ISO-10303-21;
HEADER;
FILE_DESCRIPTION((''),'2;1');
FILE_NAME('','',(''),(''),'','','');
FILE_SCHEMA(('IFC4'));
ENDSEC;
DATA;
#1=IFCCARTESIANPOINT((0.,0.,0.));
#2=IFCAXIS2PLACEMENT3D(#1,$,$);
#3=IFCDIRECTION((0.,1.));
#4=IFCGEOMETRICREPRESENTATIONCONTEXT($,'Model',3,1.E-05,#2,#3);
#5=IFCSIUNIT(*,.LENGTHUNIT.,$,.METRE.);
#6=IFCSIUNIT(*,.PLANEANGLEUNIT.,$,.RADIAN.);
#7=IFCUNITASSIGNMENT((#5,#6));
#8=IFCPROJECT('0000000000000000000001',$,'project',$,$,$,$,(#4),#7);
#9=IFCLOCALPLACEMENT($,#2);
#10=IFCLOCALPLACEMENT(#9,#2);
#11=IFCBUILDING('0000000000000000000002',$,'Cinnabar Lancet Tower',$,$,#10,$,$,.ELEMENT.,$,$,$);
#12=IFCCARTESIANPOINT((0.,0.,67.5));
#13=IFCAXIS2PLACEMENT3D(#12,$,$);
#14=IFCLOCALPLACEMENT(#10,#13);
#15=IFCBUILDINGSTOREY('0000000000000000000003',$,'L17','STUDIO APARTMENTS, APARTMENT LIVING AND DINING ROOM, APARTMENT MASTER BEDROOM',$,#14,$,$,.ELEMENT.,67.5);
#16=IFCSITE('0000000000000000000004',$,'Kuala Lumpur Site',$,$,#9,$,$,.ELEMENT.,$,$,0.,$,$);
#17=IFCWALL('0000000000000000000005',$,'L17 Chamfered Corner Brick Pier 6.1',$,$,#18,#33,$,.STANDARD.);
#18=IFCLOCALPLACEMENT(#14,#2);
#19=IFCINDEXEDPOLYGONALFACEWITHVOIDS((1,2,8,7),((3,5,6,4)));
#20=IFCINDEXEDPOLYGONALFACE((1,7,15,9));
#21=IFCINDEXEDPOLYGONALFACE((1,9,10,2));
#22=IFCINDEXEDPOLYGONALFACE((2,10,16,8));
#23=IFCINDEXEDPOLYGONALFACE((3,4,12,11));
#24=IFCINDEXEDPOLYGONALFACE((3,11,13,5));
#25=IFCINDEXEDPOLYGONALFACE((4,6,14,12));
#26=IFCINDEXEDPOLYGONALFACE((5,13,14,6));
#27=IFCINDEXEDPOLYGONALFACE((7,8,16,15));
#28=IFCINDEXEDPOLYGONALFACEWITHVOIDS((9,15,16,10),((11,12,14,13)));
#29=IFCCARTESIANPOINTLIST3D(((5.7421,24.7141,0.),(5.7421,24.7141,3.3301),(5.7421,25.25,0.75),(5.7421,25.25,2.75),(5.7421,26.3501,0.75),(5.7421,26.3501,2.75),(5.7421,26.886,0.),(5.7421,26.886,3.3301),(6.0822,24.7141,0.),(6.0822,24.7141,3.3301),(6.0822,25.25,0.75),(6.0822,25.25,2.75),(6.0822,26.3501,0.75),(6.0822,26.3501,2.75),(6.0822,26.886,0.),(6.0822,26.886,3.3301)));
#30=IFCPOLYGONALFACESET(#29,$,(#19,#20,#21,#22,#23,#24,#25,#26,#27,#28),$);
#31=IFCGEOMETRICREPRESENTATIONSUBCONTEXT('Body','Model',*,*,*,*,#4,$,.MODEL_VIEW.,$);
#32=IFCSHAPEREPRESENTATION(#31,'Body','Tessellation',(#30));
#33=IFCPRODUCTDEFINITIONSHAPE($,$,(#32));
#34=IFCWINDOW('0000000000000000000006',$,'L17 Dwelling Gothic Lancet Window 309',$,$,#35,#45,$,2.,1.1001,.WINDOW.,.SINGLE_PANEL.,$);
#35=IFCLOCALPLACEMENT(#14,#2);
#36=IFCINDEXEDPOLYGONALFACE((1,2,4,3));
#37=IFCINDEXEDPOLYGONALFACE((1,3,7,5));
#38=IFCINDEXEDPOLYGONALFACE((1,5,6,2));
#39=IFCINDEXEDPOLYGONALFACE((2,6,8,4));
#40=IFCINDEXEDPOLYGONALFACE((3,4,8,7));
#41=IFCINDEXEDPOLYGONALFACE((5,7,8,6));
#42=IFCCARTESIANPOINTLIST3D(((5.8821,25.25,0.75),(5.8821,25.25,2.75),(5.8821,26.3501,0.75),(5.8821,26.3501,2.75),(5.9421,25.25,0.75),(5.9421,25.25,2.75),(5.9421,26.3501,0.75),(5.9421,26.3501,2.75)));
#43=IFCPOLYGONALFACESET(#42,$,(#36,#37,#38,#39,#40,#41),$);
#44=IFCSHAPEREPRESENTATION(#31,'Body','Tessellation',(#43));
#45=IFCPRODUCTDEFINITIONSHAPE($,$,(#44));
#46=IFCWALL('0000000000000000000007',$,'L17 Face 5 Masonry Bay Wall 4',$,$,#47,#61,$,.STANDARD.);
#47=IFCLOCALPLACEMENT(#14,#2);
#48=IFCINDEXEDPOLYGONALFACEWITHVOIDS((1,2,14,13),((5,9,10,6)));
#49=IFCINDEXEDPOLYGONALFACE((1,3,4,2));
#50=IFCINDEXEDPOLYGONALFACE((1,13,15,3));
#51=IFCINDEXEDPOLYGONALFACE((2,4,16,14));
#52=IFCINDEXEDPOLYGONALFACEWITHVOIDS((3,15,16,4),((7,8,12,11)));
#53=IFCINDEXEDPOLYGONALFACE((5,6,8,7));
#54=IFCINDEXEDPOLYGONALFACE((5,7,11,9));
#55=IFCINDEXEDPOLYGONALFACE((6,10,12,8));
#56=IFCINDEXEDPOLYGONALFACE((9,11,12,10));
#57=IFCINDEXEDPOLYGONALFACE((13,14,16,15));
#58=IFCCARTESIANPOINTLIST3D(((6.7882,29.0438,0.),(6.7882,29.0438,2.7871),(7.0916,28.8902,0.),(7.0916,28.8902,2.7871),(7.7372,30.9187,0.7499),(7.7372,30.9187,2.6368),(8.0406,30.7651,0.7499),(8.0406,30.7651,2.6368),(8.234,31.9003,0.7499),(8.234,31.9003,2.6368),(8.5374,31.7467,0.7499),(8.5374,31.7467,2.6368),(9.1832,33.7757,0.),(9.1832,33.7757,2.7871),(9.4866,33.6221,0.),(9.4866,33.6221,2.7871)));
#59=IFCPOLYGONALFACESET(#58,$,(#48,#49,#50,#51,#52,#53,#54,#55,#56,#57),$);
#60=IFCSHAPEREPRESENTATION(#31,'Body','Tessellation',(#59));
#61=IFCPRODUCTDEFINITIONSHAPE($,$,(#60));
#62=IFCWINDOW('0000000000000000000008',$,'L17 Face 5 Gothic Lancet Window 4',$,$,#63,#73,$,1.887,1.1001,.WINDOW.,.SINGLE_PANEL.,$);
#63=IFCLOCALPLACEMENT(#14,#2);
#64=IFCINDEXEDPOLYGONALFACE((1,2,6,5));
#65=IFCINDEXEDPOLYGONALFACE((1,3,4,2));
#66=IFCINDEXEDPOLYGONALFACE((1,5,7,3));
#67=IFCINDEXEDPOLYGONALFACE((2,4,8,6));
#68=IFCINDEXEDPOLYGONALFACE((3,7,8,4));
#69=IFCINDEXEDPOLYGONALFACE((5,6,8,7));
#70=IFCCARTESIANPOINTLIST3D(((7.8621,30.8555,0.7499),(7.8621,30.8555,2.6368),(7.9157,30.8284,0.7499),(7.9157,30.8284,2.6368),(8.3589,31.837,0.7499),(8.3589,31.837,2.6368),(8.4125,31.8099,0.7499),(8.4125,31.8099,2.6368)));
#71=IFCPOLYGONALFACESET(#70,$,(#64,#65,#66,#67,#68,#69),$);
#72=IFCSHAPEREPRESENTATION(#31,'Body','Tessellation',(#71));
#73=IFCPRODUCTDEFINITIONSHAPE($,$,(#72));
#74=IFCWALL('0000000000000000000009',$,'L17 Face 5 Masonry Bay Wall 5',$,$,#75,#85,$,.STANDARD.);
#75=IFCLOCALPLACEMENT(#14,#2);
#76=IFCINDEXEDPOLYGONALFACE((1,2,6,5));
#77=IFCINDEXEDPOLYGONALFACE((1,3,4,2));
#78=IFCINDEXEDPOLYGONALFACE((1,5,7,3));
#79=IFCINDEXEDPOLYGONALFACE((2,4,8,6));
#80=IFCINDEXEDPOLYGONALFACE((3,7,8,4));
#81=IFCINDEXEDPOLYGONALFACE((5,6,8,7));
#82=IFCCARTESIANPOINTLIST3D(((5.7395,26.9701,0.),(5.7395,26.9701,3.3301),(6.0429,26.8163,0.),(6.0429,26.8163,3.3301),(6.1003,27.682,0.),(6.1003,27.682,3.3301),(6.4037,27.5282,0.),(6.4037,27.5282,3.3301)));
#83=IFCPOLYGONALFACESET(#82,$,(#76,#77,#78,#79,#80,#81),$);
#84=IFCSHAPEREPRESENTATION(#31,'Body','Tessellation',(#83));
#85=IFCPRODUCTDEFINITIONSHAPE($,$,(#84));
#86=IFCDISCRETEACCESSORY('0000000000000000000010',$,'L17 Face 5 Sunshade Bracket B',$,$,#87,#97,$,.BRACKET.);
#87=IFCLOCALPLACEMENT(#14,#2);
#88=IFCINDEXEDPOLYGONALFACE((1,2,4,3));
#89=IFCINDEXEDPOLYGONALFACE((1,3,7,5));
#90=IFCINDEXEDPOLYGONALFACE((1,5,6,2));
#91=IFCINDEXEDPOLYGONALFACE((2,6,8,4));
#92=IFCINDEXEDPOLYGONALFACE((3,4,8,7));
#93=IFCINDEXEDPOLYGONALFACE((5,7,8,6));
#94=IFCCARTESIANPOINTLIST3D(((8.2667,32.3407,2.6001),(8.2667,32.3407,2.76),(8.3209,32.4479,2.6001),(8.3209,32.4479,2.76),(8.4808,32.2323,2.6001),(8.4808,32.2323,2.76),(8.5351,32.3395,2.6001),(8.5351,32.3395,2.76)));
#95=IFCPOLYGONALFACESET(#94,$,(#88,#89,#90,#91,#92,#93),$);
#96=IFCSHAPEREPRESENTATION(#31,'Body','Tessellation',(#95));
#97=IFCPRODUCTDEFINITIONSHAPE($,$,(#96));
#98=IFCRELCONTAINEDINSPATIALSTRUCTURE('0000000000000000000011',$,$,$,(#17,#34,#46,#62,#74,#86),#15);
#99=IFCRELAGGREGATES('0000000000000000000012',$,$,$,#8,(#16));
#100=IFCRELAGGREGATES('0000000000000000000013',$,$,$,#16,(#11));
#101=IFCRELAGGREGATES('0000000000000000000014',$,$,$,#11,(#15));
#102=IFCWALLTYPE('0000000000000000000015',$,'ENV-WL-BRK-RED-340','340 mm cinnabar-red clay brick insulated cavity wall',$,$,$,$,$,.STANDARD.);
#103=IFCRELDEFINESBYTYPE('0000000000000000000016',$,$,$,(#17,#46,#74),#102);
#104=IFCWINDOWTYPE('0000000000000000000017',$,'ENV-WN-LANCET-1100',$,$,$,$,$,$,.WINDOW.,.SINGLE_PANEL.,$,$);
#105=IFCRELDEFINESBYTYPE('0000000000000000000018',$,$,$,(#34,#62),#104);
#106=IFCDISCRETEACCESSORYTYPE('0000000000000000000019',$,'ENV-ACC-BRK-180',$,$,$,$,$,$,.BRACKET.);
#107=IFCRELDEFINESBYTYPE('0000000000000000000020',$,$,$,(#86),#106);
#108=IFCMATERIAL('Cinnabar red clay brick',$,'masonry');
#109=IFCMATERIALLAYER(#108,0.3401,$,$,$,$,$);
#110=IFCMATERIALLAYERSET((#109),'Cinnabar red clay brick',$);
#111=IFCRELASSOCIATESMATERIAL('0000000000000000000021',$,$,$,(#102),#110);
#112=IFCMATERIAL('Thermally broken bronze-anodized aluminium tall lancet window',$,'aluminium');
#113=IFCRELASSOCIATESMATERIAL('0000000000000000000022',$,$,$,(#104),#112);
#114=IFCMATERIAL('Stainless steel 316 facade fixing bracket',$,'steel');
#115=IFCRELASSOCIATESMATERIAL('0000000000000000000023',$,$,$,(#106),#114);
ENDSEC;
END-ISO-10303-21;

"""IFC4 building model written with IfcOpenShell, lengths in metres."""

from ifc_helpers import new_model, si_unit, direction, frame, frame_2d, origin, origin_2d, place, context, subcontext, project, spatial, rectangle, extrude, material, layer, layer_set, type_object, element, fill, save


model = new_model("IFC4")

# Units and contexts
model_context = context("Model", 3, precision=1e-05, world=origin(), true_north=direction((0.0, 1.0)))
body_context = subcontext(model_context, "Body", "Model", "MODEL_VIEW")
ifc_project = project(units=[si_unit("LENGTHUNIT", "METRE"), si_unit("PLANEANGLEUNIT", "RADIAN")], contexts=[model_context])

# Site, building, storey
site_placement = place(None, origin())
site = spatial("IfcSite", under=ifc_project, at=site_placement, Name="Kuala Lumpur Site", CompositionType="ELEMENT", RefElevation=0.0)
building_placement = place(site_placement, origin())
building = spatial("IfcBuilding", under=site, at=building_placement, Name="Cinnabar Lancet Tower", CompositionType="ELEMENT")
storey_placement = place(building_placement, frame((0.0, 0.0, 67.5)))
storey = spatial("IfcBuildingStorey", under=building, at=storey_placement, Name="L17", Description="STUDIO APARTMENTS, APARTMENT LIVING AND DINING ROOM, APARTMENT MASTER BEDROOM", CompositionType="ELEMENT", Elevation=67.5)

# Walls, openings, windows
ifc_material_1 = material(Name="Cinnabar red clay brick", Category="masonry")
ifc_layer_1 = layer(ifc_material_1, 0.3401)
ifc_layer_set_1 = layer_set([ifc_layer_1], Name="Cinnabar red clay brick")
wall_type_1 = type_object("IfcWallType", Name="ENV-WL-BRK-RED-340", Description="340 mm cinnabar-red clay brick insulated cavity wall", PredefinedType="STANDARD", material=ifc_layer_set_1)
wall_1_placement = place(storey_placement, frame((5.9121, 26.886, 0.0), z_axis=(0.0, 0.0, 1.0), x_axis=(0.0, -1.0, 0.0)))
wall_1 = element("IfcWall", 1, at=wall_1_placement, inside=storey, type_object=wall_type_1, Name="L17 Chamfered Corner Brick Pier 6.1", PredefinedType="STANDARD", context=body_context, shape_type="SweptSolid", body=[
    extrude(rectangle(XDim=2.1719, YDim=0.3401, at=frame_2d((1.0859, 0.0))), origin(), (0.0, 0.0, 1.0), 3.3301),
])
opening_1_placement = place(wall_1_placement, frame((0.5359, 0.0, 0.75)))
opening_1 = element("IfcOpeningElement", 2, at=opening_1_placement, cuts=wall_1, PredefinedType="OPENING", context=body_context, shape_type="SweptSolid", body=[
    extrude(rectangle(XDim=1.1001, YDim=2.0, at=frame_2d((0.55, 1.0))), frame((0.0, 0.1799, 0.0), z_axis=(0.0, -1.0, 0.0), x_axis=(1.0, 0.0, 0.0)), (0.0, 0.0, 1.0), 0.3601),
])
ifc_material_2 = material(Name="Thermally broken bronze-anodized aluminium tall lancet window", Category="aluminium")
window_type = type_object("IfcWindowType", Name="ENV-WN-LANCET-1100", PartitioningType="SINGLE_PANEL", PredefinedType="WINDOW", material=ifc_material_2)
window_1_placement = place(opening_1_placement, origin())
window_1 = element("IfcWindow", 3, at=window_1_placement, inside=storey, type_object=window_type, Name="L17 Dwelling Gothic Lancet Window 309", OverallHeight=2.0, OverallWidth=1.1001, PartitioningType="SINGLE_PANEL", PredefinedType="WINDOW", context=body_context, shape_type="SweptSolid", body=[
    extrude(rectangle(XDim=1.1001, YDim=2.0, at=frame_2d((0.55, 1.0))), frame((0.0, 0.03, 0.0), z_axis=(0.0, -1.0, 0.0), x_axis=(1.0, 0.0, 0.0)), (0.0, 0.0, 1.0), 0.0601),
])
fill(opening_1, window_1)
wall_2_placement = place(storey_placement, frame((9.335, 33.699, 0.0), z_axis=(0.0, 0.0, 1.0), x_axis=(-0.451591, -0.892225, 0.0)))
wall_2 = element("IfcWall", 4, at=wall_2_placement, inside=storey, type_object=wall_type_1, Name="L17 Face 5 Masonry Bay Wall 4", PredefinedType="STANDARD", context=body_context, shape_type="SweptSolid", body=[
    extrude(rectangle(XDim=5.3035, YDim=0.3401, at=frame_2d((2.6519, 0.0))), origin(), (0.0, 0.0, 1.0), 2.7871),
])
opening_2_placement = place(wall_2_placement, frame((2.1021, 0.0, 0.75)))
opening_2 = element("IfcOpeningElement", 5, at=opening_2_placement, cuts=wall_2, PredefinedType="OPENING", context=body_context, shape_type="SweptSolid", body=[
    extrude(rectangle(XDim=1.1001, YDim=1.887, at=frame_2d((0.55, 0.9434))), frame((0.0, 0.1799, 0.0), z_axis=(0.0, -1.0, 0.0), x_axis=(1.0, 0.0, 0.0)), (0.0, 0.0, 1.0), 0.3601),
])
window_2_placement = place(opening_2_placement, origin())
window_2 = element("IfcWindow", 6, at=window_2_placement, inside=storey, type_object=window_type, Name="L17 Face 5 Gothic Lancet Window 4", OverallHeight=1.887, OverallWidth=1.1001, PartitioningType="SINGLE_PANEL", PredefinedType="WINDOW", context=body_context, shape_type="SweptSolid", body=[
    extrude(rectangle(XDim=1.1001, YDim=1.887, at=frame_2d((0.55, 0.9434))), frame((0.0, 0.03, 0.0), z_axis=(0.0, -1.0, 0.0), x_axis=(1.0, 0.0, 0.0)), (0.0, 0.0, 1.0), 0.0601),
])
fill(opening_2, window_2)

# Wall
wall_3_placement = place(storey_placement, frame((6.252, 27.605, 0.0), z_axis=(0.0, 0.0, 1.0), x_axis=(-0.452101, -0.891967, 0.0)))
element("IfcWall", 7, at=wall_3_placement, inside=storey, type_object=wall_type_1, Name="L17 Face 5 Masonry Bay Wall 5", PredefinedType="STANDARD", context=body_context, shape_type="SweptSolid", body=[
    extrude(rectangle(XDim=0.7981, YDim=0.3401, at=frame_2d((0.3989, 0.0))), origin(), (0.0, 0.0, 1.0), 3.3301),
])

# Discrete accessory
ifc_material_3 = material(Name="Stainless steel 316 facade fixing bracket", Category="steel")
discrete_accessory_type = type_object("IfcDiscreteAccessoryType", Name="ENV-ACC-BRK-180", PredefinedType="BRACKET", material=ifc_material_3)
discrete_accessory_placement = place(storey_placement, frame((8.4009, 32.3401, 2.6001), z_axis=(0.0, 0.0, 1.0), x_axis=(-0.451501, -0.892271, 0.0)))
element("IfcDiscreteAccessory", 8, at=discrete_accessory_placement, inside=storey, type_object=discrete_accessory_type, Name="L17 Face 5 Sunshade Bracket B", PredefinedType="BRACKET", context=body_context, shape_type="SweptSolid", body=[
    extrude(rectangle(XDim=0.1201, YDim=0.24, at=origin_2d()), origin(), (0.0, 0.0, 1.0), 0.1599),
])

save(model, "model.ifc")
